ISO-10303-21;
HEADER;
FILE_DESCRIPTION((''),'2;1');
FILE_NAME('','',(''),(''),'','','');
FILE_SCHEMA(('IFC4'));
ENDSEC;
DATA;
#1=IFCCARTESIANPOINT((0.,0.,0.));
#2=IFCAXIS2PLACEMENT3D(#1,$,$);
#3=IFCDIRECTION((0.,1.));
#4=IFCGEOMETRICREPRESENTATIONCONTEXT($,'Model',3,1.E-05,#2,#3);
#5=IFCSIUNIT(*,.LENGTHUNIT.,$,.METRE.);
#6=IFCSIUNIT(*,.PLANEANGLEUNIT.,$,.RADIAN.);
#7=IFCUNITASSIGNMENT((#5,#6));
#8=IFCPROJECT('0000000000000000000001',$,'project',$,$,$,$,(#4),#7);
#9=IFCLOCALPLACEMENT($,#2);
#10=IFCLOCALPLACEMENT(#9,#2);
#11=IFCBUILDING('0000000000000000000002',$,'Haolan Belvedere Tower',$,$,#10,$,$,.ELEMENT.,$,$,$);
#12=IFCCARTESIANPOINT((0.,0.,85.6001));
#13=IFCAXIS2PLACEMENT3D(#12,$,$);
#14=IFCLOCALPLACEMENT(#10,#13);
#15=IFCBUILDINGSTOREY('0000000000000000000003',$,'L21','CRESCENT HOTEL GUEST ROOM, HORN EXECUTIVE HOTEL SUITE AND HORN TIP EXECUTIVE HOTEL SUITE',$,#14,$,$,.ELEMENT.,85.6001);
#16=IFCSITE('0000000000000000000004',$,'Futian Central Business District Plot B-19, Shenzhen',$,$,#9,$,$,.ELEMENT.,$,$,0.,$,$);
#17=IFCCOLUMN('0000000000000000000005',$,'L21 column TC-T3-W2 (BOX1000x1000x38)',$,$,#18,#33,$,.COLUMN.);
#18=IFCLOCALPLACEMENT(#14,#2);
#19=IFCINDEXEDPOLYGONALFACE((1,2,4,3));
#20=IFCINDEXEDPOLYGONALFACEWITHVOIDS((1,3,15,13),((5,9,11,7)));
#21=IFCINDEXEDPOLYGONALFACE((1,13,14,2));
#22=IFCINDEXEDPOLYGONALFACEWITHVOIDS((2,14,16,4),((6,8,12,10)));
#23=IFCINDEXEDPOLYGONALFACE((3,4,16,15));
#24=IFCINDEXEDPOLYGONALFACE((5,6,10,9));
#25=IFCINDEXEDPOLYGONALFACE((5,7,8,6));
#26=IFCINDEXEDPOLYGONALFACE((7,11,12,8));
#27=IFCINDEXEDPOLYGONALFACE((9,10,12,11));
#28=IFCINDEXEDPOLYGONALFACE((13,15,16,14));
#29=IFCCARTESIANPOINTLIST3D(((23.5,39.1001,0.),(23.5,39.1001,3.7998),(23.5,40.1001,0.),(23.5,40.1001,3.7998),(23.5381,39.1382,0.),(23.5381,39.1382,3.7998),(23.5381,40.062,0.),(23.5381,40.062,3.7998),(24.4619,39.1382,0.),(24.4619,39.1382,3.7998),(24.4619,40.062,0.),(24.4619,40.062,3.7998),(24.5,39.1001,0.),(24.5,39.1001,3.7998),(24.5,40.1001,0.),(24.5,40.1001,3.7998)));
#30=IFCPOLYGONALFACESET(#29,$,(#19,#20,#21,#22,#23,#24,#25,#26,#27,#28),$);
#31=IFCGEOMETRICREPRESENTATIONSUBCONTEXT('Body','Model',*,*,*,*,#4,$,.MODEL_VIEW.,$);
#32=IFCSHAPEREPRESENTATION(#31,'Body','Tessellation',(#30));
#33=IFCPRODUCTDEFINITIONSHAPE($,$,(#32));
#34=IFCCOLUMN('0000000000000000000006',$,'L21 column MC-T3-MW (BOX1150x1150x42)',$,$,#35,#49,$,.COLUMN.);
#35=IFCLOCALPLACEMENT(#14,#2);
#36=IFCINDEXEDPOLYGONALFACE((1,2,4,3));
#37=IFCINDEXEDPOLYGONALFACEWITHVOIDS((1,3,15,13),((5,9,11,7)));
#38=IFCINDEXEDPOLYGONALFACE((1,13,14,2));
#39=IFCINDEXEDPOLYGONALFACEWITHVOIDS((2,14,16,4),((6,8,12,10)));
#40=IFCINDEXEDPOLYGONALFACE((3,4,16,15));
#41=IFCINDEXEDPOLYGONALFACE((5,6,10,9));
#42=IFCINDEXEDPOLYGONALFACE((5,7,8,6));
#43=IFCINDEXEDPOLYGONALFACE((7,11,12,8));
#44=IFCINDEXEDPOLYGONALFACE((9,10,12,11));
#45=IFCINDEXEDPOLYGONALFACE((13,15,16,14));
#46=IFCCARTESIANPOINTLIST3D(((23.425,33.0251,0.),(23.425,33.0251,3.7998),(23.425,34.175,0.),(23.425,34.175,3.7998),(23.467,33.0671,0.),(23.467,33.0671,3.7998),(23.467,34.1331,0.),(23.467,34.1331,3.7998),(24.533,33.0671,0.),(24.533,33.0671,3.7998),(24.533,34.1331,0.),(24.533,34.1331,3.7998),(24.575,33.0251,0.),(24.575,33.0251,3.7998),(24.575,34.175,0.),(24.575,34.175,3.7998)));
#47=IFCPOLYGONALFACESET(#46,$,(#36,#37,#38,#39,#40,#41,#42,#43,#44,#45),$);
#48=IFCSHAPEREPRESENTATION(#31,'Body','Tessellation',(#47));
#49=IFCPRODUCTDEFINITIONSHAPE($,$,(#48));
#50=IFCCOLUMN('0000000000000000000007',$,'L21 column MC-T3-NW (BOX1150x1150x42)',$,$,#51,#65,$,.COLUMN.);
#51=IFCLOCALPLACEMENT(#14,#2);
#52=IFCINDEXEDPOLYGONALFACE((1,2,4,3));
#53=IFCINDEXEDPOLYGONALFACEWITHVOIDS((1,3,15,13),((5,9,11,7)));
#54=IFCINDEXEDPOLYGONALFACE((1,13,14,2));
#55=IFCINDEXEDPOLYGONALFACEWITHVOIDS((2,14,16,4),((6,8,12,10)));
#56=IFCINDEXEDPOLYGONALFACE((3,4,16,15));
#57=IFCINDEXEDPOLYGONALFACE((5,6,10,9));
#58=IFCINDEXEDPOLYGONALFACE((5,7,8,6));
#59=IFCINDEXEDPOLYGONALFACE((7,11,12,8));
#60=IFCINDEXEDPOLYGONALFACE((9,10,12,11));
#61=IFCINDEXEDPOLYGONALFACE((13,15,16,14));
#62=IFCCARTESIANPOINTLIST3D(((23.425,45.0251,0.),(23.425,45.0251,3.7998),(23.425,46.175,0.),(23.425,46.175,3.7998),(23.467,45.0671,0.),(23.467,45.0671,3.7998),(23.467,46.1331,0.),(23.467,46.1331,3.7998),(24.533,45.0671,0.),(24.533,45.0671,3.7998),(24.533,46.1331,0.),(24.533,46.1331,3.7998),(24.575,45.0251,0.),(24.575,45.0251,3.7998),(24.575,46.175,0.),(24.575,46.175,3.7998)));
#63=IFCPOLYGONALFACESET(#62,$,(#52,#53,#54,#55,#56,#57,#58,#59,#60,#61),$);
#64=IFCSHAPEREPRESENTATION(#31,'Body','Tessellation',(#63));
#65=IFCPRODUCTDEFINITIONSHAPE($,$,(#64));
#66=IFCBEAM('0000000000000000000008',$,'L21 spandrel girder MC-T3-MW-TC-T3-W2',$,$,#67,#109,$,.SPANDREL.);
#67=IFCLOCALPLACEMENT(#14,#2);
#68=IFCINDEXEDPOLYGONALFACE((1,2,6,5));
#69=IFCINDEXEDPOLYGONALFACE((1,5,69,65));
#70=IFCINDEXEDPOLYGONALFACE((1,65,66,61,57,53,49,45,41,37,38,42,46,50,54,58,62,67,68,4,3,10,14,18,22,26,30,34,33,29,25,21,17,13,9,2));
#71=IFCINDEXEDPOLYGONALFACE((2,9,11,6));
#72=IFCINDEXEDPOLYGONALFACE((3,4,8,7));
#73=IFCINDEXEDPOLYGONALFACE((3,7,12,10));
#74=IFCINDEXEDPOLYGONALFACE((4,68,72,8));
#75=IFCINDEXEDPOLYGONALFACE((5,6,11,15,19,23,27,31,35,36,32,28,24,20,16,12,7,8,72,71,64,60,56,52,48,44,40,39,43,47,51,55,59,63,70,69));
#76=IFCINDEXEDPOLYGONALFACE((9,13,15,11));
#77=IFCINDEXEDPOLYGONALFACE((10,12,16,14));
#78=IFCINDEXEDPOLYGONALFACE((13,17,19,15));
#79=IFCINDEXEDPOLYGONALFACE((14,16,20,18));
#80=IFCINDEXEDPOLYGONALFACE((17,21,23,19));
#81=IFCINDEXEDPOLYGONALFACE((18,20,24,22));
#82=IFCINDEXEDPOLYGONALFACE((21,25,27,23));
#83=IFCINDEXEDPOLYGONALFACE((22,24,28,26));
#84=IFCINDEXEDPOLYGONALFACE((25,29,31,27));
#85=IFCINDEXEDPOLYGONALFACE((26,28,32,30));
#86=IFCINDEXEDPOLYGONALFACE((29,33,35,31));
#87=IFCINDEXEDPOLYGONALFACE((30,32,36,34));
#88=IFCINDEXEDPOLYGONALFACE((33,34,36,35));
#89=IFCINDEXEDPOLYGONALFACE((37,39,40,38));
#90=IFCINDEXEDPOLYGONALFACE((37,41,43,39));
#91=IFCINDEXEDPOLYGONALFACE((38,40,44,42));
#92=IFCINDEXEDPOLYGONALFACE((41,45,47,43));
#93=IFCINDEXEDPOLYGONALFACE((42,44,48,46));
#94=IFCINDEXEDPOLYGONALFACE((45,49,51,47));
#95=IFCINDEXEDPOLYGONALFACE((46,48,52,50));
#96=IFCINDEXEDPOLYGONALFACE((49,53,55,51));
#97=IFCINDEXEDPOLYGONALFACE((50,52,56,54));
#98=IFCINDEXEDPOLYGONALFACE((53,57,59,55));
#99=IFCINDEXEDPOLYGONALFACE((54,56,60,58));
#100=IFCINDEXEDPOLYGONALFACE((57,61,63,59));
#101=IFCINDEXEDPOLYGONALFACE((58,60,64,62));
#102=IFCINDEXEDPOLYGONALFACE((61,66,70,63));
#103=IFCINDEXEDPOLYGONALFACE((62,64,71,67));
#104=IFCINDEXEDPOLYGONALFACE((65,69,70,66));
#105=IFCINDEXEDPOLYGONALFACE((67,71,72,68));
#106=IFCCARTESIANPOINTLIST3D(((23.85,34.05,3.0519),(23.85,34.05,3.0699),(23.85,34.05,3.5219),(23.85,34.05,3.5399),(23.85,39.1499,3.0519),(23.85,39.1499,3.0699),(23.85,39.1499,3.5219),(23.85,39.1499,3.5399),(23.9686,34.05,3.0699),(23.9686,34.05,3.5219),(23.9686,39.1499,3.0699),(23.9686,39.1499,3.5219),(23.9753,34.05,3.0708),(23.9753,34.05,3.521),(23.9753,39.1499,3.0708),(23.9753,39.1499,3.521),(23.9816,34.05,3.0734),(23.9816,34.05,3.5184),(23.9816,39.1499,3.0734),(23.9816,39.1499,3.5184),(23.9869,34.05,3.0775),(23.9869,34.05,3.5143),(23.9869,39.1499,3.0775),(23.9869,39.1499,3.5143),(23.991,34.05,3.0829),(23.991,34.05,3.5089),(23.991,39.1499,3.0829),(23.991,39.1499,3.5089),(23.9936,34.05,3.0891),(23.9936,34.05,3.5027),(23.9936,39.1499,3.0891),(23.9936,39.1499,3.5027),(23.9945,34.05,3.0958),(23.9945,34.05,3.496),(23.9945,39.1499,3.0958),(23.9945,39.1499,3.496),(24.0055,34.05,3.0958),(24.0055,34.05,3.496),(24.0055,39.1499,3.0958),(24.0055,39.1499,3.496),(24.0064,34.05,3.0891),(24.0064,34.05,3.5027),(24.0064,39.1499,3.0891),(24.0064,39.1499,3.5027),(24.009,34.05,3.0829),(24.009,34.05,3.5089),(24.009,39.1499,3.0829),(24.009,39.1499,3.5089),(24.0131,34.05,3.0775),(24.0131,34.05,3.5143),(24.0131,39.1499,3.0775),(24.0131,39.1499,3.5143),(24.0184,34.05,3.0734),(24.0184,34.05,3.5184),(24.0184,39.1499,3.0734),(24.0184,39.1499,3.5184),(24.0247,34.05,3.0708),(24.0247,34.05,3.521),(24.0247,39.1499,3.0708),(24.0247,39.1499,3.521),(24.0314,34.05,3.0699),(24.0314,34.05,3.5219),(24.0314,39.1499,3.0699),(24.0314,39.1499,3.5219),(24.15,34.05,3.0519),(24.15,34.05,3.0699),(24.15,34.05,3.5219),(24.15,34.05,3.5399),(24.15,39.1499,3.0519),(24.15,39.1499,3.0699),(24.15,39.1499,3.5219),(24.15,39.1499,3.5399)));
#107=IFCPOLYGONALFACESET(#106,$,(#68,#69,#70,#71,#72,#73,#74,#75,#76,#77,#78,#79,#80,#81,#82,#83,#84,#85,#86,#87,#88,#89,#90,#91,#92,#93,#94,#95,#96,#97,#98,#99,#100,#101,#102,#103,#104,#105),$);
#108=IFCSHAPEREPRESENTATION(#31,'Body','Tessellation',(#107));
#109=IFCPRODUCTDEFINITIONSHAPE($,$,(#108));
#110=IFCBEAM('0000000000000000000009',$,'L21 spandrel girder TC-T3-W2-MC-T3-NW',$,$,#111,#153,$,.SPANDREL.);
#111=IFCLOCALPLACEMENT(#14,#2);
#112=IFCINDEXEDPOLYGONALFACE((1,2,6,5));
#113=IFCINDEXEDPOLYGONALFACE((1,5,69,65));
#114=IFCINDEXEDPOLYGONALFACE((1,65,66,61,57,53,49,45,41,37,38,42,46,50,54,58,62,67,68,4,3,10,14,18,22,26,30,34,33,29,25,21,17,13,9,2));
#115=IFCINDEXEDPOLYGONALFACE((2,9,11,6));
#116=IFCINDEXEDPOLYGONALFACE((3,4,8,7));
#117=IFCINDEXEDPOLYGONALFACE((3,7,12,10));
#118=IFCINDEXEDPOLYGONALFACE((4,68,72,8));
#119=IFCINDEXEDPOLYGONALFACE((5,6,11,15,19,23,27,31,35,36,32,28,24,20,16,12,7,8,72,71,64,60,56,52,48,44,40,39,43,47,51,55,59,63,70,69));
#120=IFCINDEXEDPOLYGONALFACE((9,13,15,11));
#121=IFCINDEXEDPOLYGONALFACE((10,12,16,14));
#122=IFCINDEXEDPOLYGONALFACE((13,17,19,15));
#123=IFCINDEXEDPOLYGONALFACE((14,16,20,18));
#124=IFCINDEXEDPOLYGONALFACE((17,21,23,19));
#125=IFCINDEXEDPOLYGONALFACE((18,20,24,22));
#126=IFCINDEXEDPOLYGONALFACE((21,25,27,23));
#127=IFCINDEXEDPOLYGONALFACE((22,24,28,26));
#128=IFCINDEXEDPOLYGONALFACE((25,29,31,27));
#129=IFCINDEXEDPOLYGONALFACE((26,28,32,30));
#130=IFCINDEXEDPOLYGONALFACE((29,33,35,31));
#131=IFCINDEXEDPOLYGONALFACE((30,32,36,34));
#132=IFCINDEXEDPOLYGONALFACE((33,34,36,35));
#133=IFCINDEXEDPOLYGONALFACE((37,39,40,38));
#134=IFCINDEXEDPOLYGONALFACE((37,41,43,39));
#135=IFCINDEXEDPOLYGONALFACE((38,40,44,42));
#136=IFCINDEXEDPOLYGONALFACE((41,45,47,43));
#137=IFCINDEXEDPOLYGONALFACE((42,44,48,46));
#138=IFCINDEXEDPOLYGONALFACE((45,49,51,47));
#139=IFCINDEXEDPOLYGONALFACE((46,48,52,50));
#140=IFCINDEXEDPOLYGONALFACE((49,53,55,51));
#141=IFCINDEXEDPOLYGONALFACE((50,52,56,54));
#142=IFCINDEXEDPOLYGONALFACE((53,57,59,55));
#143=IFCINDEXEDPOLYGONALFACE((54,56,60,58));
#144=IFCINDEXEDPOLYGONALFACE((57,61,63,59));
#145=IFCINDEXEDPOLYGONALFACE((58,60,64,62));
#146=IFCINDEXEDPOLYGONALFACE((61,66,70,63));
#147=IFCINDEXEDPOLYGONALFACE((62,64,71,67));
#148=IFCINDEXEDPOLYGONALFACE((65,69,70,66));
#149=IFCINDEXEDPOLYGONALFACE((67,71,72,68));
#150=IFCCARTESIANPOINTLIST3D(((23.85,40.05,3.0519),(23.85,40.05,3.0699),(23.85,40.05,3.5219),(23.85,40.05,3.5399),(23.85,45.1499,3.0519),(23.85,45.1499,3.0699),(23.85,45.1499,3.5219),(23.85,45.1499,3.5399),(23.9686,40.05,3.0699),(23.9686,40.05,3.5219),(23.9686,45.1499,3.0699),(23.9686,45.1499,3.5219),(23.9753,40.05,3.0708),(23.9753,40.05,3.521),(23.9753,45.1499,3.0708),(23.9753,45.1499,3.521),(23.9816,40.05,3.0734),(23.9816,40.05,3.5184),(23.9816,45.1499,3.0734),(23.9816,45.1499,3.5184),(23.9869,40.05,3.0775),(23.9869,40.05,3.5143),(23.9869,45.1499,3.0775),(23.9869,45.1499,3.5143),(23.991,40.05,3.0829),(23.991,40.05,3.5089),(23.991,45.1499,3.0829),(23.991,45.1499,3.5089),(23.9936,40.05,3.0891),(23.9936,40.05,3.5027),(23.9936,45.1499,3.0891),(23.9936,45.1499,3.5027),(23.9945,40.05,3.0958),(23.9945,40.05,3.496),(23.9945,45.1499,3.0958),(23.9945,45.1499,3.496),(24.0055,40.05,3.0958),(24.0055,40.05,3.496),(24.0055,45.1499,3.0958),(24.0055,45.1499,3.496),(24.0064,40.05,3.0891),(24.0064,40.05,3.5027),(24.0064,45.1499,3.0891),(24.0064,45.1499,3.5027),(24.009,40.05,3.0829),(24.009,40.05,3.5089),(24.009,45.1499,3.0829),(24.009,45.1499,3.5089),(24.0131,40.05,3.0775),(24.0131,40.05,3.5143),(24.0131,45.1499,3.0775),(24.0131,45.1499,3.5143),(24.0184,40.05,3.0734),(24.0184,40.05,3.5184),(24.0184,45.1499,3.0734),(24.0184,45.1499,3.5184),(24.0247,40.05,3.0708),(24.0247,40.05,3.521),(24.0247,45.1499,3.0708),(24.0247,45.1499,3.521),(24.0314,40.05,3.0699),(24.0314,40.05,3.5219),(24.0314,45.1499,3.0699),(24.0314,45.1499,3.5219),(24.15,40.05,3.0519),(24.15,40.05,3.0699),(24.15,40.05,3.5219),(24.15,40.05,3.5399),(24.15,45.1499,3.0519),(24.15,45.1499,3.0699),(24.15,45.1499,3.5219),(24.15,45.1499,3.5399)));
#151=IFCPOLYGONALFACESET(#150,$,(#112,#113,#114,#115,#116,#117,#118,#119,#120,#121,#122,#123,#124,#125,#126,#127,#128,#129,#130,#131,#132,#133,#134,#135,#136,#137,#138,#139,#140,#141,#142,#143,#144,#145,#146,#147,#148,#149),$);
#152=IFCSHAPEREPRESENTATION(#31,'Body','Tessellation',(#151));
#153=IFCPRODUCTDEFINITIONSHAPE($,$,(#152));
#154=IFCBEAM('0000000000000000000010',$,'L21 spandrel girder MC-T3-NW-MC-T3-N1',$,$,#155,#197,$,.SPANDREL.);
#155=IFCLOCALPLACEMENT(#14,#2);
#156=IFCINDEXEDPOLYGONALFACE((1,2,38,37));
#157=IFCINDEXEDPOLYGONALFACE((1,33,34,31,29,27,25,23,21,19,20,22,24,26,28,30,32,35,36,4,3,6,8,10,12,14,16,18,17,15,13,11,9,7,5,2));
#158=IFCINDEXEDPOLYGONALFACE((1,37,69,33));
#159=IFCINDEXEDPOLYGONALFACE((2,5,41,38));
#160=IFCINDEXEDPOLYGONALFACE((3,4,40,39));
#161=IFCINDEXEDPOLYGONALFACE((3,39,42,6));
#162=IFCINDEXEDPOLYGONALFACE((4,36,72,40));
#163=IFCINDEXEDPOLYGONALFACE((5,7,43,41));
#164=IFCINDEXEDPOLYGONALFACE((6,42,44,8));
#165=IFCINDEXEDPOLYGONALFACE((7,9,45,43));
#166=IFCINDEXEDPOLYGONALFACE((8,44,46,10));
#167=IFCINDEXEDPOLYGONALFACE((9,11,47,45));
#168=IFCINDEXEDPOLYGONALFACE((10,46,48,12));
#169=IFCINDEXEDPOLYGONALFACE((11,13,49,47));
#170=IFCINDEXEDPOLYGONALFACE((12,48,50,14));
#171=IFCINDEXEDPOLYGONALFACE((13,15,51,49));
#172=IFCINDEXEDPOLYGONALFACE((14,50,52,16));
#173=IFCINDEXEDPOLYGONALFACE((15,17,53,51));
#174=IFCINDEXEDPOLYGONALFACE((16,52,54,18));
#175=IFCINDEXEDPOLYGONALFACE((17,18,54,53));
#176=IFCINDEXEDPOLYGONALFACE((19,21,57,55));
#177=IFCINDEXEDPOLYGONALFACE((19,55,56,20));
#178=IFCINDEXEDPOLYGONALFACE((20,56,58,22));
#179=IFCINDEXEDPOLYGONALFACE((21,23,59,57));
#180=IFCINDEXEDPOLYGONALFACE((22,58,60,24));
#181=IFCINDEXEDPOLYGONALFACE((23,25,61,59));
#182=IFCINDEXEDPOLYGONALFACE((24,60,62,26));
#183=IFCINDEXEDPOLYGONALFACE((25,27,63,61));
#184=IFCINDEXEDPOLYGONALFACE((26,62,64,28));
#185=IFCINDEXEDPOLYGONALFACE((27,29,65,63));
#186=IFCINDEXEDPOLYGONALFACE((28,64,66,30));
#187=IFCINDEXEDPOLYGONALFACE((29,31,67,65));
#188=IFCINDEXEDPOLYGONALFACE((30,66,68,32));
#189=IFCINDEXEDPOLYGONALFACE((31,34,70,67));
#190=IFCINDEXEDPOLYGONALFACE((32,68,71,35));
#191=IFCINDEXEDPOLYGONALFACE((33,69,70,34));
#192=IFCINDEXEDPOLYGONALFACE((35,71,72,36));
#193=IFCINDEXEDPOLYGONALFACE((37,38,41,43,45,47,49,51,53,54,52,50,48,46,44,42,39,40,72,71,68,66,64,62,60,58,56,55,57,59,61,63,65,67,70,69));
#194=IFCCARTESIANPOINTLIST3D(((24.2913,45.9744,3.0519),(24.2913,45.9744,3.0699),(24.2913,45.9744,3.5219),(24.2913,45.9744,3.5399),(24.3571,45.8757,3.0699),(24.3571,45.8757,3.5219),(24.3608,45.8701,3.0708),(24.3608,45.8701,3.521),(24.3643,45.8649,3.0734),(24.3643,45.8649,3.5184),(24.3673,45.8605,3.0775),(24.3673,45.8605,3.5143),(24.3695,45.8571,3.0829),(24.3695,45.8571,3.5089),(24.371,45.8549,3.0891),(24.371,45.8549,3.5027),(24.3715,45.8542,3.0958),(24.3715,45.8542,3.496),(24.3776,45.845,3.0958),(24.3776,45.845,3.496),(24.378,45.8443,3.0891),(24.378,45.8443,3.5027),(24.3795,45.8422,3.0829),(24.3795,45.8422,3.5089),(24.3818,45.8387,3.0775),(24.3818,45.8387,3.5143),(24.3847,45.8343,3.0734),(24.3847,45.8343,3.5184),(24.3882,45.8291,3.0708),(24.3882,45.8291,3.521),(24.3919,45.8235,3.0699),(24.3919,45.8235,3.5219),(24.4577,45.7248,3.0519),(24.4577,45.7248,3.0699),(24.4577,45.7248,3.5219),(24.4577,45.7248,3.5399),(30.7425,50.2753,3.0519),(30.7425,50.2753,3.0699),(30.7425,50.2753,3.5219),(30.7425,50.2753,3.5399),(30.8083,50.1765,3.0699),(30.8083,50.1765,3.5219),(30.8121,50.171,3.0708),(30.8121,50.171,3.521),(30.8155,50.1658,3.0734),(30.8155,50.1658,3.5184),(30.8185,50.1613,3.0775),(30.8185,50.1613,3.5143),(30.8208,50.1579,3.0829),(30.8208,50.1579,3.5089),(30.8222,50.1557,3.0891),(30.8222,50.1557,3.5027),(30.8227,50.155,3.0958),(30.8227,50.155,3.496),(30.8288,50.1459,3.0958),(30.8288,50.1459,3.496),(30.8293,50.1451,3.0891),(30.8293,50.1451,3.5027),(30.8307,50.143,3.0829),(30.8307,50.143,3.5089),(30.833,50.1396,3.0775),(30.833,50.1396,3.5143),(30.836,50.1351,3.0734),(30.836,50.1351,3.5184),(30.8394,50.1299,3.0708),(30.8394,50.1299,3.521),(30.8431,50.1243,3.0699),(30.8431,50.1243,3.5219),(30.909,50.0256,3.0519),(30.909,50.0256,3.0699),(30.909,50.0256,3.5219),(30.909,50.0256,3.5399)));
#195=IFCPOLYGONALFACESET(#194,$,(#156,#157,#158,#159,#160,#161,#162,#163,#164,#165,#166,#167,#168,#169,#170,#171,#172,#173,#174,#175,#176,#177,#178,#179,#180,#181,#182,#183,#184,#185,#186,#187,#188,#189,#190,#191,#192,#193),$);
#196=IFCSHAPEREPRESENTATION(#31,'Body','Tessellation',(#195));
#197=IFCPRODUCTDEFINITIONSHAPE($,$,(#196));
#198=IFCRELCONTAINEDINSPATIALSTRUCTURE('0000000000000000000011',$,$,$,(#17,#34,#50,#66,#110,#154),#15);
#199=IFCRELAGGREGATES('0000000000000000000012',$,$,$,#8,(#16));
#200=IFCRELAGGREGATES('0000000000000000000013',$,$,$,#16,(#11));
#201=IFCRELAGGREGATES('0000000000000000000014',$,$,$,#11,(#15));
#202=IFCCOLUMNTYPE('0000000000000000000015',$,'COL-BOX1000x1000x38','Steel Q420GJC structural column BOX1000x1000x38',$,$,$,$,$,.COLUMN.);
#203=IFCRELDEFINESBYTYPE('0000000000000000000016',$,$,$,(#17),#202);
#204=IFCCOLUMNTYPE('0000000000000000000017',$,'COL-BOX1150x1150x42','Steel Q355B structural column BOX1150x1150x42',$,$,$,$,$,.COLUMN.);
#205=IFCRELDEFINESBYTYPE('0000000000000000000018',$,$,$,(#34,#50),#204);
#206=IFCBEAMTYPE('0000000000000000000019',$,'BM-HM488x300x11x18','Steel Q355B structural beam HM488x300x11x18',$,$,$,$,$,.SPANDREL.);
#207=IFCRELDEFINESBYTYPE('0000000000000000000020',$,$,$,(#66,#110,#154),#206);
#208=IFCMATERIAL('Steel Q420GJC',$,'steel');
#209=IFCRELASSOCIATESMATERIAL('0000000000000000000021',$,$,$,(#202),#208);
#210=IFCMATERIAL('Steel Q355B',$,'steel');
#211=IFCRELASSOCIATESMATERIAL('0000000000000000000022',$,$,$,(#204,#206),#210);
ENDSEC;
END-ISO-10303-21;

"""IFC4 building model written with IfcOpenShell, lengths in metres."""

from ifc_helpers import new_model, si_unit, direction, frame, origin, origin_2d, place, context, subcontext, project, spatial, hollow_rectangle, i_section, extrude, material, material_profile, profile_set, type_object, element, save


model = new_model("IFC4")

# Units and contexts
model_context = context("Model", 3, precision=1e-05, world=origin(), true_north=direction((0.0, 1.0)))
body_context = subcontext(model_context, "Body", "Model", "MODEL_VIEW")
ifc_project = project(units=[si_unit("LENGTHUNIT", "METRE"), si_unit("PLANEANGLEUNIT", "RADIAN")], contexts=[model_context])

# Site, building, storey
site_placement = place(None, origin())
site = spatial("IfcSite", under=ifc_project, at=site_placement, Name="Futian Central Business District Plot B-19, Shenzhen", CompositionType="ELEMENT", RefElevation=0.0)
building_placement = place(site_placement, origin())
building = spatial("IfcBuilding", under=site, at=building_placement, Name="Haolan Belvedere Tower", CompositionType="ELEMENT")
storey_placement = place(building_placement, frame((0.0, 0.0, 85.6001)))
storey = spatial("IfcBuildingStorey", under=building, at=storey_placement, Name="L21", Description="CRESCENT HOTEL GUEST ROOM, HORN EXECUTIVE HOTEL SUITE AND HORN TIP EXECUTIVE HOTEL SUITE", CompositionType="ELEMENT", Elevation=85.6001)

# Columns
ifc_material_1 = material(Name="Steel Q420GJC", Category="steel")
ifc_material_profile_1 = material_profile(ifc_material_1, hollow_rectangle(XDim=1.0, YDim=1.0, WallThickness=0.0381, at=origin_2d()), Name="Steel Q420GJC")
ifc_profile_set_1 = profile_set([ifc_material_profile_1], Name="Steel Q420GJC")
column_type_1 = type_object("IfcColumnType", Name="COL-BOX1000x1000x38", Description="Steel Q420GJC structural column BOX1000x1000x38", PredefinedType="COLUMN", material=ifc_profile_set_1)
column_placement = place(storey_placement, frame((24.0, 39.6001, 0.0), z_axis=(0.0, 0.0, 1.0), x_axis=(1.0, 0.0, 0.0)))
element("IfcColumn", 1, at=column_placement, inside=storey, type_object=column_type_1, Name="L21 column TC-T3-W2 (BOX1000x1000x38)", PredefinedType="COLUMN", context=body_context, shape_type="SweptSolid", body=[
    extrude(hollow_rectangle(XDim=1.0, YDim=1.0, WallThickness=0.0381, at=origin_2d()), origin(), (0.0, 0.0, 1.0), 3.7998),
])
ifc_material_2 = material(Name="Steel Q355B", Category="steel")
ifc_material_profile_2 = material_profile(ifc_material_2, hollow_rectangle(XDim=1.1499, YDim=1.1499, WallThickness=0.042, at=origin_2d()), Name="Steel Q355B")
ifc_profile_set_2 = profile_set([ifc_material_profile_2], Name="Steel Q355B")
column_type_2 = type_object("IfcColumnType", Name="COL-BOX1150x1150x42", Description="Steel Q355B structural column BOX1150x1150x42", PredefinedType="COLUMN", material=ifc_profile_set_2)
for number, where, z_axis, x_axis, name in (
    (2, (24.0, 33.6001, 0.0), (0.0, 0.0, 1.0), (1.0, 0.0, 0.0), "L21 column MC-T3-MW (BOX1150x1150x42)"),
    (3, (24.0, 45.6001, 0.0), (0.0, 0.0, 1.0), (1.0, 0.0, 0.0), "L21 column MC-T3-NW (BOX1150x1150x42)"),
):
    element("IfcColumn", number, at=place(storey_placement, frame(where, z_axis=z_axis, x_axis=x_axis)), inside=storey, type_object=column_type_2, Name=name, PredefinedType="COLUMN", context=body_context, shape_type="SweptSolid", body=[
        extrude(hollow_rectangle(XDim=1.1499, YDim=1.1499, WallThickness=0.042, at=origin_2d()), origin(), (0.0, 0.0, 1.0), 3.7998),
    ])

# Beams
ifc_material_profile_3 = material_profile(ifc_material_2, i_section(OverallWidth=0.3, OverallDepth=0.488, WebThickness=0.011, FlangeThickness=0.0181, FilletRadius=0.0259, at=origin_2d()), Name="Steel Q355B")
ifc_profile_set_3 = profile_set([ifc_material_profile_3], Name="Steel Q355B")
beam_type_1 = type_object("IfcBeamType", Name="BM-HM488x300x11x18", Description="Steel Q355B structural beam HM488x300x11x18", PredefinedType="SPANDREL", material=ifc_profile_set_3)
for number, where, z_axis, x_axis, name in (
    (4, (24.0, 34.05, 3.2959), (0.0, 1.0, 0.0), (-1.0, 0.0, 0.0), "L21 spandrel girder MC-T3-MW-TC-T3-W2"),
    (5, (24.0, 40.05, 3.2959), (0.0, 1.0, 0.0), (-1.0, 0.0, 0.0), "L21 spandrel girder TC-T3-W2-MC-T3-NW"),
):
    element("IfcBeam", number, at=place(storey_placement, frame(where, z_axis=z_axis, x_axis=x_axis)), inside=storey, type_object=beam_type_1, Name=name, PredefinedType="SPANDREL", context=body_context, shape_type="SweptSolid", body=[
        extrude(i_section(OverallWidth=0.3, OverallDepth=0.488, WebThickness=0.011, FlangeThickness=0.0181, FilletRadius=0.0259, at=origin_2d()), origin(), (0.0, 0.0, 1.0), 5.0999),
    ])
beam_placement = place(storey_placement, frame((24.3745, 45.8496, 3.2959), z_axis=(0.83205, 0.5547, 0.0), x_axis=(-0.5547, 0.83205, 0.0)))
element("IfcBeam", 6, at=beam_placement, inside=storey, type_object=beam_type_1, Name="L21 spandrel girder MC-T3-NW-MC-T3-N1", PredefinedType="SPANDREL", context=body_context, shape_type="SweptSolid", body=[
    extrude(i_section(OverallWidth=0.3, OverallDepth=0.488, WebThickness=0.011, FlangeThickness=0.0181, FilletRadius=0.0259, at=origin_2d()), origin(), (0.0, 0.0, 1.0), 7.7534),
])

save(model, "model.ifc")
